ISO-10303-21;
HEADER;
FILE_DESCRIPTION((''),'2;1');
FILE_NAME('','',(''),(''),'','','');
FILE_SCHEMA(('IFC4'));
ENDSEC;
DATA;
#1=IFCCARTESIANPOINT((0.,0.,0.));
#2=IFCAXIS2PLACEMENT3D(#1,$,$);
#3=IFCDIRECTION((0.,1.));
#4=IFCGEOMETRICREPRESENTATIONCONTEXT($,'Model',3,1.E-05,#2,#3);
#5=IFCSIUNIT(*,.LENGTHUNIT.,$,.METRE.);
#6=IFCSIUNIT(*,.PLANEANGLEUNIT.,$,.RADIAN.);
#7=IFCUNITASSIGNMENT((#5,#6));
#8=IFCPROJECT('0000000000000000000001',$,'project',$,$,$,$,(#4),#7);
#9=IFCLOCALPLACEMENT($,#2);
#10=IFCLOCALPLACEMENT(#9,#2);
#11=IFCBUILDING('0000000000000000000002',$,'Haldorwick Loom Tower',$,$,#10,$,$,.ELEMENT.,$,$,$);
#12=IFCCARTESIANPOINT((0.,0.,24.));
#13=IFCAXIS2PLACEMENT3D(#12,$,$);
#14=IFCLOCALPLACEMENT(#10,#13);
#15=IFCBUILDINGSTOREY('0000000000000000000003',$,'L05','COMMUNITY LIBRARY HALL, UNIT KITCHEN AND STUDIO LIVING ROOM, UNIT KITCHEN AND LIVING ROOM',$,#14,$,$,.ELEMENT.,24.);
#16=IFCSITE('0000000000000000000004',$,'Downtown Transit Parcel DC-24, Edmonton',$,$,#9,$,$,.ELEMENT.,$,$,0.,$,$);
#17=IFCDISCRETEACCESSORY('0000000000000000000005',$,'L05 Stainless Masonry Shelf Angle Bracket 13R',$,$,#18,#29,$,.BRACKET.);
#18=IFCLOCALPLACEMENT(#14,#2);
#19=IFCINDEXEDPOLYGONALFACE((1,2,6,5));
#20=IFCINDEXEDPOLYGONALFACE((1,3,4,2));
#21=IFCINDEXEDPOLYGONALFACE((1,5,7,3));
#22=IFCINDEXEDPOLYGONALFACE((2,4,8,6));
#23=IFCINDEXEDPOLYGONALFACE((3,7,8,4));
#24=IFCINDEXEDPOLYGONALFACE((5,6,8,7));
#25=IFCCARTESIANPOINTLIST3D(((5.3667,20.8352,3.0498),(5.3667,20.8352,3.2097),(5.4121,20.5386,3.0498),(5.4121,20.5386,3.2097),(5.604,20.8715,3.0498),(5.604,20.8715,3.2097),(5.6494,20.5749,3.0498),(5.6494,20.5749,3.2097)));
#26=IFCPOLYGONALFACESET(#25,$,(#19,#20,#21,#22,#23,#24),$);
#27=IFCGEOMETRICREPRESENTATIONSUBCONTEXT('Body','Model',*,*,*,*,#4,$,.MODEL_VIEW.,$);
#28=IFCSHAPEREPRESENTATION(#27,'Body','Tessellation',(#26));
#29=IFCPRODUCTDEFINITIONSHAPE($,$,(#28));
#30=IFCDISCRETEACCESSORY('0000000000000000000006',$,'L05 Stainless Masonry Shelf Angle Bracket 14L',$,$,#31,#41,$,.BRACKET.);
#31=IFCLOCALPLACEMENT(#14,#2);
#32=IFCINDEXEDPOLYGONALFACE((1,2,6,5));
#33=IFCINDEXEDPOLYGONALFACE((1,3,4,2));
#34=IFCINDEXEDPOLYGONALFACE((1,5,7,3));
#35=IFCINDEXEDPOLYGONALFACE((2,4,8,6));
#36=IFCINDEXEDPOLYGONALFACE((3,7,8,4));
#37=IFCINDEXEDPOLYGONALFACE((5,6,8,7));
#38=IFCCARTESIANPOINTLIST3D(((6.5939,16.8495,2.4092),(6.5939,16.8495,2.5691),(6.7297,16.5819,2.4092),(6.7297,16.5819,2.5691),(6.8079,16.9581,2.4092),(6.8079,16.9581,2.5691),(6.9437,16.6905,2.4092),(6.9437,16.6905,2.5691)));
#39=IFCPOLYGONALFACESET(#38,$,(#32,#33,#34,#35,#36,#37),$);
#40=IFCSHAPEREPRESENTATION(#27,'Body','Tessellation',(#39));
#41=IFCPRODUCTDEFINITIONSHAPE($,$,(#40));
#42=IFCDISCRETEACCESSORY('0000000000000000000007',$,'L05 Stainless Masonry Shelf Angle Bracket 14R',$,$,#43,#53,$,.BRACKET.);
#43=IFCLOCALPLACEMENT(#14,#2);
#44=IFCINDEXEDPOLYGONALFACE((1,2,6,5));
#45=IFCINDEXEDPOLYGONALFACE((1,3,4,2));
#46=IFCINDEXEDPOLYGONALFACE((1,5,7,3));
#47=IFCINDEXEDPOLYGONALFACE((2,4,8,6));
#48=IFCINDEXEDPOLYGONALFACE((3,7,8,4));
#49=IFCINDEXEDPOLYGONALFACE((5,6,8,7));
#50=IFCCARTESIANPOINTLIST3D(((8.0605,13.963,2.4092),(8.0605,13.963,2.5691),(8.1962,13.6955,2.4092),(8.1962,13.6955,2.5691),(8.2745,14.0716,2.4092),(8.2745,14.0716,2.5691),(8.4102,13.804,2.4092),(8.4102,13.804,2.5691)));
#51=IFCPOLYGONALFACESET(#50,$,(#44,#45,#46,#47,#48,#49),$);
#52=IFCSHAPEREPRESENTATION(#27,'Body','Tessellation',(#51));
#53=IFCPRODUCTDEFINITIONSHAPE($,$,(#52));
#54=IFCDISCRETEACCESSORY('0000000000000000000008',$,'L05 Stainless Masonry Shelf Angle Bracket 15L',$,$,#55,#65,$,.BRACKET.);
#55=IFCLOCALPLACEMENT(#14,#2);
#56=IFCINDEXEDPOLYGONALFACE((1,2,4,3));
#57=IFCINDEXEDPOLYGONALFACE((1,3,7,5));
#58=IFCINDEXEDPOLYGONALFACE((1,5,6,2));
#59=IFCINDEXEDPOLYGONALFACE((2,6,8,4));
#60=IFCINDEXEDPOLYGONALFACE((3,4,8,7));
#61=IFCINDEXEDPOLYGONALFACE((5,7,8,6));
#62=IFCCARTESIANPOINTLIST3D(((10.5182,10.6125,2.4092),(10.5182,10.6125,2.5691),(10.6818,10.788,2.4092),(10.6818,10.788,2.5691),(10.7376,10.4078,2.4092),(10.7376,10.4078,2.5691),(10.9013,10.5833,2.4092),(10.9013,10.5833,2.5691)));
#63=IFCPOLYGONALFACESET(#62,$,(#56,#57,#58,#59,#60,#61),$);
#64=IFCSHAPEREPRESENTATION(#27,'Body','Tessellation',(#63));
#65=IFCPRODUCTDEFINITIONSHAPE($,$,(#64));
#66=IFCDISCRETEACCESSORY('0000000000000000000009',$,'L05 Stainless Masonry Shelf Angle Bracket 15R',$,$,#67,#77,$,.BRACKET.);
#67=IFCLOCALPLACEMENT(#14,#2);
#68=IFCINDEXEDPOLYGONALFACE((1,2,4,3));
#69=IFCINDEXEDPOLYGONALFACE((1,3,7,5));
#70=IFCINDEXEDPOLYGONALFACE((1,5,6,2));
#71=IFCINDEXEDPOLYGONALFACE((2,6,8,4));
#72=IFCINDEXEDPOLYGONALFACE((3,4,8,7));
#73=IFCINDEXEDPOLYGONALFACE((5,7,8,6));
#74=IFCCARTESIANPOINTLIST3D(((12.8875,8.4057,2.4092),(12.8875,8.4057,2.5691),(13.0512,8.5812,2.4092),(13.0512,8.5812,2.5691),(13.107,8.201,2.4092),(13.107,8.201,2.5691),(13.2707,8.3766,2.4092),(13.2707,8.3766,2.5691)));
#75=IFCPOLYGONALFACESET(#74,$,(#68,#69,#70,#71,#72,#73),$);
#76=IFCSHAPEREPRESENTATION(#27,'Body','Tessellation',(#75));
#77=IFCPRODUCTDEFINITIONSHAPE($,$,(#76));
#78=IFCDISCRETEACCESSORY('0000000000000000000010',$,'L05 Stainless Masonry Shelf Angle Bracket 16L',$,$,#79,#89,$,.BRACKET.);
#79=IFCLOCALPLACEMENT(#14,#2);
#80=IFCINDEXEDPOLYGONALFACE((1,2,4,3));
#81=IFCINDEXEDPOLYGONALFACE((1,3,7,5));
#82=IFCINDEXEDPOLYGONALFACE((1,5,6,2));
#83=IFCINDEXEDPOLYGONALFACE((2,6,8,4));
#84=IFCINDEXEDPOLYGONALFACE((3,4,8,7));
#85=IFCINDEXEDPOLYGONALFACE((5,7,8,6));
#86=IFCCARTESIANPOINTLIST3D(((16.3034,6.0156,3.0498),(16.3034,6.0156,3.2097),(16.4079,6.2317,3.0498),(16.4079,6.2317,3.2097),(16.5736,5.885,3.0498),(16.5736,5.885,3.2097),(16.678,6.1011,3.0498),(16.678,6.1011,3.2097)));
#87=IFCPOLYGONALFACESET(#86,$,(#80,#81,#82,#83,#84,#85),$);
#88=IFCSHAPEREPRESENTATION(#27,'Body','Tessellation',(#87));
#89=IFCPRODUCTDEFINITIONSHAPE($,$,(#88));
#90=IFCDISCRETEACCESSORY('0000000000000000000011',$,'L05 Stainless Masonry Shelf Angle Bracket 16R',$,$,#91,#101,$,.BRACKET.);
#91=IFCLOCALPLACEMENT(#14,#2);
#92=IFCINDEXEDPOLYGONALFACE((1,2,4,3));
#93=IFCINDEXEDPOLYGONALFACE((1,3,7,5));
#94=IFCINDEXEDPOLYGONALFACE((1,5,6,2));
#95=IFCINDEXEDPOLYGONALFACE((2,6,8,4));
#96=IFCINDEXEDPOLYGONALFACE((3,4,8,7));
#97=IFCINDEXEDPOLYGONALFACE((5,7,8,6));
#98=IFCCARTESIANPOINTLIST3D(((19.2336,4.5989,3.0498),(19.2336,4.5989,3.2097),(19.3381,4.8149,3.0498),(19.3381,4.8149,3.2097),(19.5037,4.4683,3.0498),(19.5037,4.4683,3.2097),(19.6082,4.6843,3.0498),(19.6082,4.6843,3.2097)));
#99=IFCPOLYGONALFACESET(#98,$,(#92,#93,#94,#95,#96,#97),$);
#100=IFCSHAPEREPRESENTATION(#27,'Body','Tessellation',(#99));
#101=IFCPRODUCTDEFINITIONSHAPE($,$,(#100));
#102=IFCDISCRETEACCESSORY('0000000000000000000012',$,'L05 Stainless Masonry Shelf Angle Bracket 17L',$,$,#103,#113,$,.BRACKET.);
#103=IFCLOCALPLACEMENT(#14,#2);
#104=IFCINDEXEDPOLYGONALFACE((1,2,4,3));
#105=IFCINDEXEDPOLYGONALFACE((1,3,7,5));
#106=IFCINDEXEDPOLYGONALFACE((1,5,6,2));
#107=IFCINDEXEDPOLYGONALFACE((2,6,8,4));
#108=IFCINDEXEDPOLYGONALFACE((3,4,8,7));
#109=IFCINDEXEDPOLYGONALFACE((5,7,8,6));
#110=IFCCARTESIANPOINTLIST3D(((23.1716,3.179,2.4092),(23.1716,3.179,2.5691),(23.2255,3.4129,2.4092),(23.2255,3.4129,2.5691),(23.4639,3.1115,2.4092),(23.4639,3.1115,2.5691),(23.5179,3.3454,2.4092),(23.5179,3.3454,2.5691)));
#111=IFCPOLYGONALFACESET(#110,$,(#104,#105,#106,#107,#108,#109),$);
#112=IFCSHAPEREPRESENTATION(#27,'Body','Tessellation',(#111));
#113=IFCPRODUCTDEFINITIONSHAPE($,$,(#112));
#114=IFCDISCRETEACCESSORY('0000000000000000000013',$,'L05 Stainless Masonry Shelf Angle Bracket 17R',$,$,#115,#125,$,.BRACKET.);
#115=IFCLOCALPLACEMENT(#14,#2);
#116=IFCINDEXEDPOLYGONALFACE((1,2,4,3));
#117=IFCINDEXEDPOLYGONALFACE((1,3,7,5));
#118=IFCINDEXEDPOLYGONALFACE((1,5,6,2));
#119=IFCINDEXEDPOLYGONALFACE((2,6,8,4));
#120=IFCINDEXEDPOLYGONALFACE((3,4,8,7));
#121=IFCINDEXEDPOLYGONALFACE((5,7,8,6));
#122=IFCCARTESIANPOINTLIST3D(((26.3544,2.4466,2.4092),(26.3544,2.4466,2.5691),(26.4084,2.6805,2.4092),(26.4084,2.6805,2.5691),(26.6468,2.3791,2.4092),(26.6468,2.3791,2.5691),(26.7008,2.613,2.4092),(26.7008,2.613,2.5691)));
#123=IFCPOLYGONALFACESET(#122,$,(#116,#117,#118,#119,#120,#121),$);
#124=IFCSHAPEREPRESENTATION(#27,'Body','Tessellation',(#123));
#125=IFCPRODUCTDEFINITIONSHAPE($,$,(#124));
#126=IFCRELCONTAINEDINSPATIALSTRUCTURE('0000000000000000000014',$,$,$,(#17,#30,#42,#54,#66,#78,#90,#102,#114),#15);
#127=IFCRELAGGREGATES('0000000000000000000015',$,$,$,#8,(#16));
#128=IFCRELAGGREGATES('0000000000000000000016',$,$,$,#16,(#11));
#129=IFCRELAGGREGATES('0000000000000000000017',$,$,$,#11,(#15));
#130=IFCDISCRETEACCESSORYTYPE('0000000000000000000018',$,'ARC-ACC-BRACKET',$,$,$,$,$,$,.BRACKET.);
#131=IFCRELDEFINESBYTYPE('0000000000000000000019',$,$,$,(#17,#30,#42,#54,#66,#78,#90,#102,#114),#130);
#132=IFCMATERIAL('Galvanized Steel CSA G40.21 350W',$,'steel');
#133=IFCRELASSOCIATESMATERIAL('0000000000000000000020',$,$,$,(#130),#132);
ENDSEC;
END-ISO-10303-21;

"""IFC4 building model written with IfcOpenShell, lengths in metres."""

from ifc_helpers import new_model, si_unit, direction, frame, origin, origin_2d, place, context, subcontext, project, spatial, rectangle, extrude, material, type_object, element, save


model = new_model("IFC4")

# Units and contexts
model_context = context("Model", 3, precision=1e-05, world=origin(), true_north=direction((0.0, 1.0)))
body_context = subcontext(model_context, "Body", "Model", "MODEL_VIEW")
ifc_project = project(units=[si_unit("LENGTHUNIT", "METRE"), si_unit("PLANEANGLEUNIT", "RADIAN")], contexts=[model_context])

# Site, building, storey
site_placement = place(None, origin())
site = spatial("IfcSite", under=ifc_project, at=site_placement, Name="Downtown Transit Parcel DC-24, Edmonton", CompositionType="ELEMENT", RefElevation=0.0)
building_placement = place(site_placement, origin())
building = spatial("IfcBuilding", under=site, at=building_placement, Name="Haldorwick Loom Tower", CompositionType="ELEMENT")
storey_placement = place(building_placement, frame((0.0, 0.0, 24.0)))
storey = spatial("IfcBuildingStorey", under=building, at=storey_placement, Name="L05", Description="COMMUNITY LIBRARY HALL, UNIT KITCHEN AND STUDIO LIVING ROOM, UNIT KITCHEN AND LIVING ROOM", CompositionType="ELEMENT", Elevation=24.0)

# Shared definitions
ifc_material_1 = material(Name="Galvanized Steel CSA G40.21 350W", Category="steel")

# Discrete accessories
discrete_accessory_type = type_object("IfcDiscreteAccessoryType", Name="ARC-ACC-BRACKET", PredefinedType="BRACKET", material=ifc_material_1)
for number, where, z_axis, x_axis, name in (
    (1, (5.5081, 20.7051, 3.0498), (0.0, 0.0, 1.0), (0.151261, -0.988494, 0.0), "L05 Stainless Masonry Shelf Angle Bracket 13R"),
    (2, (6.7688, 16.77, 2.4092), (0.0, 0.0, 1.0), (0.452435, -0.891798, 0.0), "L05 Stainless Masonry Shelf Angle Bracket 14L"),
    (3, (8.2354, 13.8835, 2.4092), (0.0, 0.0, 1.0), (0.452435, -0.891798, 0.0), "L05 Stainless Masonry Shelf Angle Bracket 14R"),
    (4, (10.7097, 10.5979, 2.4092), (0.0, 0.0, 1.0), (0.731354, -0.681998, 0.0), "L05 Stainless Masonry Shelf Angle Bracket 15L"),
    (5, (13.0791, 8.3911, 2.4092), (0.0, 0.0, 1.0), (0.731354, -0.681998, 0.0), "L05 Stainless Masonry Shelf Angle Bracket 15R"),
    (6, (16.4907, 6.0583, 3.0498), (0.0, 0.0, 1.0), (0.900319, -0.435231, 0.0), "L05 Stainless Masonry Shelf Angle Bracket 16L"),
    (7, (19.4209, 4.6416, 3.0498), (0.0, 0.0, 1.0), (0.900319, -0.435231, 0.0), "L05 Stainless Masonry Shelf Angle Bracket 16R"),
    (8, (23.3447, 3.2622, 2.4092), (0.0, 0.0, 1.0), (0.97437, -0.224951, 0.0), "L05 Stainless Masonry Shelf Angle Bracket 17L"),
    (9, (26.5276, 2.5298, 2.4092), (0.0, 0.0, 1.0), (0.97437, -0.224951, 0.0), "L05 Stainless Masonry Shelf Angle Bracket 17R"),
):
    element("IfcDiscreteAccessory", number, at=place(storey_placement, frame(where, z_axis=z_axis, x_axis=x_axis)), inside=storey, type_object=discrete_accessory_type, Name=name, PredefinedType="BRACKET", context=body_context, shape_type="SweptSolid", body=[
        extrude(rectangle(XDim=0.3, YDim=0.24, at=origin_2d()), origin(), (0.0, 0.0, 1.0), 0.1599),
    ])

save(model, "model.ifc")
